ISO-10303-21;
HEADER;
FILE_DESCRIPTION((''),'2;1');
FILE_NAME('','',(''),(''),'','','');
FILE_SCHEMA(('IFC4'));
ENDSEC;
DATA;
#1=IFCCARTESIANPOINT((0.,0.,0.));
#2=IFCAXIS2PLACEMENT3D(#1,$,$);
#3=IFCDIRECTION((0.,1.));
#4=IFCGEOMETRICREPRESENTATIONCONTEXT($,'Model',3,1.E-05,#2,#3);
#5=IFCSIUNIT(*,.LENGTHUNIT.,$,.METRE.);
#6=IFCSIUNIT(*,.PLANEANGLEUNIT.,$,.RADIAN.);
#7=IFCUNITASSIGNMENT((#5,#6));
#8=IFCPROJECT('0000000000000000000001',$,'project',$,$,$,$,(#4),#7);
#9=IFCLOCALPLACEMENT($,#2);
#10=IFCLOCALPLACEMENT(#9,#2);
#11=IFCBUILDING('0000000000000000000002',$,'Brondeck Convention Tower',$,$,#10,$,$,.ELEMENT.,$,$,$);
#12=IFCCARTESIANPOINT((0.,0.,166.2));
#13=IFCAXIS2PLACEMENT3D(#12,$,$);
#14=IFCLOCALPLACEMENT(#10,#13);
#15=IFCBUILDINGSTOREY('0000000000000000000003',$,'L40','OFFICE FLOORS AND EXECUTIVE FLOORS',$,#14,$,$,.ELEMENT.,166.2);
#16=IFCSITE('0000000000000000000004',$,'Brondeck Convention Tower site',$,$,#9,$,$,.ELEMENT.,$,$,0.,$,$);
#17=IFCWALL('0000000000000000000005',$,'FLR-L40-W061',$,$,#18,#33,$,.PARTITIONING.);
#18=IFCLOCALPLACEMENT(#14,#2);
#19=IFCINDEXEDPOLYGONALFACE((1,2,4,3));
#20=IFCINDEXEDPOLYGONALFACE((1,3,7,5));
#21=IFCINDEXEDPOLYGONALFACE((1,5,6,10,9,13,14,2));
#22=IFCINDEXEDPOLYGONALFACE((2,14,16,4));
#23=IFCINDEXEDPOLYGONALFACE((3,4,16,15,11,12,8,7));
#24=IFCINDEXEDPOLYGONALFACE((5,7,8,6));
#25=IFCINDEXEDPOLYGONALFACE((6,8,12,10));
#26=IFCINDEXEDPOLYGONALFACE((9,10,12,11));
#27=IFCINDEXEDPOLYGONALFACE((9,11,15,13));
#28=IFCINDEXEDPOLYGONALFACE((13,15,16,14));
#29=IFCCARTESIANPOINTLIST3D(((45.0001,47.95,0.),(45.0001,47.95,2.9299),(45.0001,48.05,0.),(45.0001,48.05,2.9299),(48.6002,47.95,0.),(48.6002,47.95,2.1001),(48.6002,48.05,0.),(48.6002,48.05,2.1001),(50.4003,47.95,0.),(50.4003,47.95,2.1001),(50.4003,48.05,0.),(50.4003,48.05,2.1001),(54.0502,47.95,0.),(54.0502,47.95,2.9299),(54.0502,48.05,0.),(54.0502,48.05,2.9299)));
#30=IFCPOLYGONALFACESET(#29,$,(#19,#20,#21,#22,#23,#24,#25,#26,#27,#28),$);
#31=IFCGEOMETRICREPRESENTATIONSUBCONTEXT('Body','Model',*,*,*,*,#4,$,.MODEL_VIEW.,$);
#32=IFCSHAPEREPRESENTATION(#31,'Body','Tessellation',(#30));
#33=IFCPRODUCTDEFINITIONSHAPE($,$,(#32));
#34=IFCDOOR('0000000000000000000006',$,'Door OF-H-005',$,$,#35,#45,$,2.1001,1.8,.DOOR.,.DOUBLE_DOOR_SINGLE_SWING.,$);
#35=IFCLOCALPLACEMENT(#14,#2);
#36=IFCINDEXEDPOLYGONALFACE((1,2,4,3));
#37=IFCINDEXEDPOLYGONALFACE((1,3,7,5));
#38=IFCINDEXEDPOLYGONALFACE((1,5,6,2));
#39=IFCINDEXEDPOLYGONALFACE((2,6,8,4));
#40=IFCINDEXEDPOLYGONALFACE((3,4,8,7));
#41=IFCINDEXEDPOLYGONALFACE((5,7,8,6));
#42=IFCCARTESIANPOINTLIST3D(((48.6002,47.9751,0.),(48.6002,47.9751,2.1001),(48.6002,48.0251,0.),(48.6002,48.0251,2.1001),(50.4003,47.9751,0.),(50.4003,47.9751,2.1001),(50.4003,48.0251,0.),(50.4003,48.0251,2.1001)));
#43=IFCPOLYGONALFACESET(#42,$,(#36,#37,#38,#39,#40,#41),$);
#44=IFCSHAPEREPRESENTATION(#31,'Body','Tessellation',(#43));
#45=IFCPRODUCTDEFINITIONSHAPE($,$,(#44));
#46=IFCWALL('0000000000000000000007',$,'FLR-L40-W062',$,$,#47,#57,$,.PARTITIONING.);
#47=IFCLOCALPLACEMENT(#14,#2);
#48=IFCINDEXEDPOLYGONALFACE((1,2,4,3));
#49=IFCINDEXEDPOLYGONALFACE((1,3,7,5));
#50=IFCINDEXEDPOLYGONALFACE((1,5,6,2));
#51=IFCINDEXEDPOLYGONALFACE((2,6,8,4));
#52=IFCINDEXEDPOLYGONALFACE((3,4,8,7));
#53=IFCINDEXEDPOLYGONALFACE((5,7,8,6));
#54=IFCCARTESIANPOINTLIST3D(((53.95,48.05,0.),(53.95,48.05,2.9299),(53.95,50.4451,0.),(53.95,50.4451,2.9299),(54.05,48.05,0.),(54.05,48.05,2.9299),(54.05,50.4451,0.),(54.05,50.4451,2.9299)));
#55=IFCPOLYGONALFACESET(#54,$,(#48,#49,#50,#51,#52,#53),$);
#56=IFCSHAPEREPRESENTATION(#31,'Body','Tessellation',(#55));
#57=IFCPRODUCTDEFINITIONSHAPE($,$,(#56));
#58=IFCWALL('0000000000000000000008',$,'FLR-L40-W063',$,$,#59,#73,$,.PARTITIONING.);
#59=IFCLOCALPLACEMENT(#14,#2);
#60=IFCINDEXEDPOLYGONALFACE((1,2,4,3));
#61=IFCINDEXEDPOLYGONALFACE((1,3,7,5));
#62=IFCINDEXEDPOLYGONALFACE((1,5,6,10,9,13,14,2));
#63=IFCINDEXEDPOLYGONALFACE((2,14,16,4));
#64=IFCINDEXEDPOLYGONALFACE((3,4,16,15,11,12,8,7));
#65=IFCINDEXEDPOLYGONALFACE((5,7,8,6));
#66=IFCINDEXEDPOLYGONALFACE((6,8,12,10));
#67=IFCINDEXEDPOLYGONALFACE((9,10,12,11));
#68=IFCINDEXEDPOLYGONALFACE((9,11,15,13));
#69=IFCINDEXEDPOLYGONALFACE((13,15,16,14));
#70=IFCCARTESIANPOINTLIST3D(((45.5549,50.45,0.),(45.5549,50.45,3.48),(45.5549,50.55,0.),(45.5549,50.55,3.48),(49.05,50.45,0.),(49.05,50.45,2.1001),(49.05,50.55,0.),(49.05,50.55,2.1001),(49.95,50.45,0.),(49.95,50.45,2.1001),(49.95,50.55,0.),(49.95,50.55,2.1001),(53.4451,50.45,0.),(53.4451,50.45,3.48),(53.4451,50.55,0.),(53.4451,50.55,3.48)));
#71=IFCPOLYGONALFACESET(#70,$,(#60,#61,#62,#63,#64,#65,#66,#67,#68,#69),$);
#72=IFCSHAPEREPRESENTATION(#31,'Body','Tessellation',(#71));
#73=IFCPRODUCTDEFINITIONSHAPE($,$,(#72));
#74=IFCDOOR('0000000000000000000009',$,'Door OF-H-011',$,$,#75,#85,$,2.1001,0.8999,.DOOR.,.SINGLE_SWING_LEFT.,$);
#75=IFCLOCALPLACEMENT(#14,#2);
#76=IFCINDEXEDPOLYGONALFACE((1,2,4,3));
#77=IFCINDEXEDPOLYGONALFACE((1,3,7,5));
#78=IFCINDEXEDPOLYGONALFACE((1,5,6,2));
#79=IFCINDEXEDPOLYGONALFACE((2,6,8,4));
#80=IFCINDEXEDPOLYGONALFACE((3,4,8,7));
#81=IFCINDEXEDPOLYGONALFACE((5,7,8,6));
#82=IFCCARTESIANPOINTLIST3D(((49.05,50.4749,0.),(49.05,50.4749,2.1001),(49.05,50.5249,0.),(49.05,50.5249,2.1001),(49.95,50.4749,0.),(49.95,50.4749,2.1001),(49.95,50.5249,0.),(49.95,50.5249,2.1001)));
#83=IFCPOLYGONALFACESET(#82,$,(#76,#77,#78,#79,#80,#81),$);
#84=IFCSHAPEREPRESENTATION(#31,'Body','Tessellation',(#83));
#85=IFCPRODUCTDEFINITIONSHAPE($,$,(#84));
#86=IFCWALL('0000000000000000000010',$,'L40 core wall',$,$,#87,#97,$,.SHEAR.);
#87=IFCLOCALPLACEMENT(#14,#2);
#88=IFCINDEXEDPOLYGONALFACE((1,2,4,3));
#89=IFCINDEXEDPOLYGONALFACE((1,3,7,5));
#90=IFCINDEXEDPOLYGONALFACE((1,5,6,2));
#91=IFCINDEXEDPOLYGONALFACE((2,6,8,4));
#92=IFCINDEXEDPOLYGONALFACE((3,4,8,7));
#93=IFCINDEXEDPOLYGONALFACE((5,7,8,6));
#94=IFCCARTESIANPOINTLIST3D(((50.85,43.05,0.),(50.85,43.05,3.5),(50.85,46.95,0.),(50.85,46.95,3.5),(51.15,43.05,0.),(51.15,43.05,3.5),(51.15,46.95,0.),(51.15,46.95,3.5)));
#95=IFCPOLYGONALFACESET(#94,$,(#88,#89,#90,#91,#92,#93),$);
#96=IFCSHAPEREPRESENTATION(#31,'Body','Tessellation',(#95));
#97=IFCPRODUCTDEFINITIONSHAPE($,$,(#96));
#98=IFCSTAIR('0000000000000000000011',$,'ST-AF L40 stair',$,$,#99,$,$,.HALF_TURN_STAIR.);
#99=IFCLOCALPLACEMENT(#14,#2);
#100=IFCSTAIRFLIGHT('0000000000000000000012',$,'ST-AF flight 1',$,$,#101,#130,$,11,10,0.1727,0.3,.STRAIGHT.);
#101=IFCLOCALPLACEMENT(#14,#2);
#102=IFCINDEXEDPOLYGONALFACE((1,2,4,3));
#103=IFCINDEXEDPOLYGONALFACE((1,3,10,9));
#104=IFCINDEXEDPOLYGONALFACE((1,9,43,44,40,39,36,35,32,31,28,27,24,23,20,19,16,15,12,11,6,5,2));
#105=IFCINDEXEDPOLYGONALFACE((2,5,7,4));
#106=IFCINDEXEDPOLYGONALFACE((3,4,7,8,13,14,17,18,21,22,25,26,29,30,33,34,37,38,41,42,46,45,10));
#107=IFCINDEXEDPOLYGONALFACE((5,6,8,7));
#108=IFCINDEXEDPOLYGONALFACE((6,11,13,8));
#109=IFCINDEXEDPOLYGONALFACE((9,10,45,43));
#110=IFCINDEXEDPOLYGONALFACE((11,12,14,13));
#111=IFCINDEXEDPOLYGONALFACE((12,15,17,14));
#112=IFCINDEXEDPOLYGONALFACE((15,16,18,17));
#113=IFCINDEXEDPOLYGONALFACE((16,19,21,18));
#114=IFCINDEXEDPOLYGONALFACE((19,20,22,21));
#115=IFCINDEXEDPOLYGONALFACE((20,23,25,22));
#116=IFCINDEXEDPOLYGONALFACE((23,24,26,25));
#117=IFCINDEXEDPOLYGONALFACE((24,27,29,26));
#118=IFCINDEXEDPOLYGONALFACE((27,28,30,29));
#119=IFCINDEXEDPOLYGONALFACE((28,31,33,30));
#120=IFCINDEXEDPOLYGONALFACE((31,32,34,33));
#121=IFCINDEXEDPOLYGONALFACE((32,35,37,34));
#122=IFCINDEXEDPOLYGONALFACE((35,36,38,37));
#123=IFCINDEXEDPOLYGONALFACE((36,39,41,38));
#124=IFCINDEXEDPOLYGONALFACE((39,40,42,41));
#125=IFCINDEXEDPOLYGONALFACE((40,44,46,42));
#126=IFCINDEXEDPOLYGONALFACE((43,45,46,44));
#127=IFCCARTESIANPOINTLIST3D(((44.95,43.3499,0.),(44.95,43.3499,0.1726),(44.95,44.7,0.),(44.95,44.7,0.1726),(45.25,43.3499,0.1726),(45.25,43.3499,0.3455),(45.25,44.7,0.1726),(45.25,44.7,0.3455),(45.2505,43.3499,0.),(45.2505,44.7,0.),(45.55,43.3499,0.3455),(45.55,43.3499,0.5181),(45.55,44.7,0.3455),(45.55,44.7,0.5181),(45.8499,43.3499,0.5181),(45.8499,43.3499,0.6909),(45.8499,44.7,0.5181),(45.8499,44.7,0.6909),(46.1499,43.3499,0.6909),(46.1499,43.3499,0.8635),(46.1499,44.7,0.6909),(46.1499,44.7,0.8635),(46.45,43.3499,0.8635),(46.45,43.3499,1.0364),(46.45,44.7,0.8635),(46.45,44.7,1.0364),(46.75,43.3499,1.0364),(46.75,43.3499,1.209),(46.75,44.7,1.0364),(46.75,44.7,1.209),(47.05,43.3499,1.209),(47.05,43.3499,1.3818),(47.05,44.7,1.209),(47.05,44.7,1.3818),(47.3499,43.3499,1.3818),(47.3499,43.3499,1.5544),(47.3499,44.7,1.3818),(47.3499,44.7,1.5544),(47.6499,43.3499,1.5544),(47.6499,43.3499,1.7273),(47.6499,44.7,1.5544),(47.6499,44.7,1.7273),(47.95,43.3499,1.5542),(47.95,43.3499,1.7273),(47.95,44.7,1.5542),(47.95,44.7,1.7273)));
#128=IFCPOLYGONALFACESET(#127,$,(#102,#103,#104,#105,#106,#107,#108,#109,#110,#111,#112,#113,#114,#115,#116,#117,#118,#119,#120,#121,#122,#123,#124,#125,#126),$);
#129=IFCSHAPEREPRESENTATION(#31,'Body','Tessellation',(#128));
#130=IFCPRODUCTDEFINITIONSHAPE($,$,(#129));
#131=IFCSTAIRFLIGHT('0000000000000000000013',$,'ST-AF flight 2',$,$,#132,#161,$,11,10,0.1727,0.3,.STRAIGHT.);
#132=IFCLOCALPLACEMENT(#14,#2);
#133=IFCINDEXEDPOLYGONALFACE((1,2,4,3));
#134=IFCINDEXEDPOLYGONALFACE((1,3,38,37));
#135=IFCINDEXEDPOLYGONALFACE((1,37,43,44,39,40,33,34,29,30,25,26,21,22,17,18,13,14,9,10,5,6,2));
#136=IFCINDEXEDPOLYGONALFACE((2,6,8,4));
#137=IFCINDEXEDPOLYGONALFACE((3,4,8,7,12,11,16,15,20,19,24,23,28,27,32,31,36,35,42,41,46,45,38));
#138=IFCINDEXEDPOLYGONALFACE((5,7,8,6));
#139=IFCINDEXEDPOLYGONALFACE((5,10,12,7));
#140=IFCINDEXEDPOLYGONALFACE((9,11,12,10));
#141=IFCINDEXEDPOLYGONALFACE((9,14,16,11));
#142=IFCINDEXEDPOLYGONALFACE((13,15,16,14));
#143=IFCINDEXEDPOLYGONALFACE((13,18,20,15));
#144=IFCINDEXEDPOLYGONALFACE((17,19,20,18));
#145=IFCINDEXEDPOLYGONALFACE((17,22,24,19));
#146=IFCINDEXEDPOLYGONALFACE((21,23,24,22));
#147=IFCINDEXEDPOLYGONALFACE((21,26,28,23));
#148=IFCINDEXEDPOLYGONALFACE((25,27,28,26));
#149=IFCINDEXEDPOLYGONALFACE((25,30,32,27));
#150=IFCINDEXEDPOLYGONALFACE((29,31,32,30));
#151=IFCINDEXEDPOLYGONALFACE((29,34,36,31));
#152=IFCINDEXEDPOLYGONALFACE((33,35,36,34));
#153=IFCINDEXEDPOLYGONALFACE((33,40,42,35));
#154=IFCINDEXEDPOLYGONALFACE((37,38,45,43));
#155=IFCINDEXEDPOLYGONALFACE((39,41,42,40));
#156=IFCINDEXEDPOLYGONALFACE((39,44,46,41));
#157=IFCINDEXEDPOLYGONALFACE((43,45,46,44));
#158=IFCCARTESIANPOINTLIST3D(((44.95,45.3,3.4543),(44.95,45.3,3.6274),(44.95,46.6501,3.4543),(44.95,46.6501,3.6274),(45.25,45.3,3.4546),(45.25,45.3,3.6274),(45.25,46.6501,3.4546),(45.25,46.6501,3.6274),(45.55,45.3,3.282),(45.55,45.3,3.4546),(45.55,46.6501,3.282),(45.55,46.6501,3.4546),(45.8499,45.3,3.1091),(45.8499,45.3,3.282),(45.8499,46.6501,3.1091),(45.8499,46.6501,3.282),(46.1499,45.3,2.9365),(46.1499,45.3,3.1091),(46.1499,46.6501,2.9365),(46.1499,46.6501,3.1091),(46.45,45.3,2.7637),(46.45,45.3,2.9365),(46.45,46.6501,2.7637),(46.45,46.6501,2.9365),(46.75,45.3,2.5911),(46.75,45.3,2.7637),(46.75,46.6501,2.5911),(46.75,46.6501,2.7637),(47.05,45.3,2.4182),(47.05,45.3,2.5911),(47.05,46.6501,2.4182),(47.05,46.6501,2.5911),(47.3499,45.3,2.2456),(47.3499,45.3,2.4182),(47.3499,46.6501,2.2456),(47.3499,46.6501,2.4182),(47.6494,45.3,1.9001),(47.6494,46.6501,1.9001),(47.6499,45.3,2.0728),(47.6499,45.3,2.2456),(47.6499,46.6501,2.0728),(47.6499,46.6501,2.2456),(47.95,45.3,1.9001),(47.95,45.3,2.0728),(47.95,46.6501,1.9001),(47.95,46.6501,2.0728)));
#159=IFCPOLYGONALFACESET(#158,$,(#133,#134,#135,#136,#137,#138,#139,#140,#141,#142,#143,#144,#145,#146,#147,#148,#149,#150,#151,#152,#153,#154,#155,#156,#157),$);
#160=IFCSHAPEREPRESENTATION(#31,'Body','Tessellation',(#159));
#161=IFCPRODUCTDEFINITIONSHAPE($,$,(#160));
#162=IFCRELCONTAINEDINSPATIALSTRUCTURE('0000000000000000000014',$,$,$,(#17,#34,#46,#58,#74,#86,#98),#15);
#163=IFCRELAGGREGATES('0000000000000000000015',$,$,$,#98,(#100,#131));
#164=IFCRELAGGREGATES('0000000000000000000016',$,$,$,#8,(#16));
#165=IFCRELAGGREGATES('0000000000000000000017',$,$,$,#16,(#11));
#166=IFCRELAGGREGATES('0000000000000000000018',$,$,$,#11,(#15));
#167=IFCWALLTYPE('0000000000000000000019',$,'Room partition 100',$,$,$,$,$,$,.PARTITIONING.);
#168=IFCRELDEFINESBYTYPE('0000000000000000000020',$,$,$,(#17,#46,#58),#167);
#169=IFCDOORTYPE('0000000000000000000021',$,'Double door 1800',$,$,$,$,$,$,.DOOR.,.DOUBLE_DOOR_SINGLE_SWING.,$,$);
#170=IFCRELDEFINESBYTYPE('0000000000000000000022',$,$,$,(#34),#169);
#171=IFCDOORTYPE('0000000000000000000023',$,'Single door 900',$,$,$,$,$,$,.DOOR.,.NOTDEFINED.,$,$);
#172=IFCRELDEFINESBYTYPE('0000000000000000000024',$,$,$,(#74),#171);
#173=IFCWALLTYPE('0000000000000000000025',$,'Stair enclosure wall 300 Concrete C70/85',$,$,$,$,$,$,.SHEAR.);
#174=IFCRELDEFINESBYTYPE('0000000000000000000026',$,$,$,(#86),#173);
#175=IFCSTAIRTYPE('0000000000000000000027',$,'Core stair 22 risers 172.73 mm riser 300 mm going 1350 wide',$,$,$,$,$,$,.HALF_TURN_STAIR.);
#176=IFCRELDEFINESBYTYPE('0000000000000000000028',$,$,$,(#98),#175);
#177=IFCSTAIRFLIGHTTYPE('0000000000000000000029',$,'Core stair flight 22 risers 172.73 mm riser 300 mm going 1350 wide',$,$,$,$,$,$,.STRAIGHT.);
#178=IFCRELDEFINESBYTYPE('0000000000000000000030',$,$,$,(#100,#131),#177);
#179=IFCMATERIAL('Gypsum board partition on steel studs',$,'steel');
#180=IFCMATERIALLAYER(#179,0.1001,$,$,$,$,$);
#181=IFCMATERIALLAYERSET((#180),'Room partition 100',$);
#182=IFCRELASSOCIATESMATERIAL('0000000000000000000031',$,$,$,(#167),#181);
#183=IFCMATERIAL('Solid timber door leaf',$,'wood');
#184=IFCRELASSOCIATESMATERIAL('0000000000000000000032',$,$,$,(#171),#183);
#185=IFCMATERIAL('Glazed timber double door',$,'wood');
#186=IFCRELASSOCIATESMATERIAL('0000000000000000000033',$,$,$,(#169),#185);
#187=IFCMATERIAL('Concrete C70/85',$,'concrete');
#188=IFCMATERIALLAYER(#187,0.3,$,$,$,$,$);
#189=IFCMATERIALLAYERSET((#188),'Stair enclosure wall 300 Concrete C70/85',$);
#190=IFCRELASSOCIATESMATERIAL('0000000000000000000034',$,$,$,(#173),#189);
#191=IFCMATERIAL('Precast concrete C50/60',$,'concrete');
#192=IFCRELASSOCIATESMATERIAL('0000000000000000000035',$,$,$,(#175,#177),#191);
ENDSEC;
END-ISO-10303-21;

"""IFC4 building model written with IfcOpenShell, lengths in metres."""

from ifc_helpers import new_model, si_unit, direction, frame, frame_2d, origin, place, context, subcontext, project, spatial, polyline, rectangle, outline, extrude, material, layer, layer_set, type_object, element, fill, aggregate, save


model = new_model("IFC4")

# Units and contexts
model_context = context("Model", 3, precision=1e-05, world=origin(), true_north=direction((0.0, 1.0)))
body_context = subcontext(model_context, "Body", "Model", "MODEL_VIEW")
ifc_project = project(units=[si_unit("LENGTHUNIT", "METRE"), si_unit("PLANEANGLEUNIT", "RADIAN")], contexts=[model_context])

# Site, building, storey
site_placement = place(None, origin())
site = spatial("IfcSite", under=ifc_project, at=site_placement, Name="Brondeck Convention Tower site", CompositionType="ELEMENT", RefElevation=0.0)
building_placement = place(site_placement, origin())
building = spatial("IfcBuilding", under=site, at=building_placement, Name="Brondeck Convention Tower", CompositionType="ELEMENT")
storey_placement = place(building_placement, frame((0.0, 0.0, 166.2)))
storey = spatial("IfcBuildingStorey", under=building, at=storey_placement, Name="L40", Description="OFFICE FLOORS AND EXECUTIVE FLOORS", CompositionType="ELEMENT", Elevation=166.2)

# Shared definitions
ifc_material_1 = material(Name="Concrete C70/85", Category="concrete")

# Shared definitions
ifc_material_2 = material(Name="Gypsum board partition on steel studs", Category="steel")
ifc_layer_1 = layer(ifc_material_2, 0.1001)
ifc_layer_set_1 = layer_set([ifc_layer_1], Name="Room partition 100")
wall_type_1 = type_object("IfcWallType", Name="Room partition 100", PredefinedType="PARTITIONING", material=ifc_layer_set_1)

# Wall, opening, door
ifc_material_3 = material(Name="Solid timber door leaf", Category="wood")
door_type_1 = type_object("IfcDoorType", Name="Single door 900", OperationType="NOTDEFINED", PredefinedType="DOOR", material=ifc_material_3)
wall_1_placement = place(storey_placement, frame((54.05, 48.0, 0.0), z_axis=(0.0, 0.0, 1.0), x_axis=(-1.0, 0.0, 0.0)))
wall_1 = element("IfcWall", 1, at=wall_1_placement, inside=storey, type_object=wall_type_1, Name="FLR-L40-W061", PredefinedType="PARTITIONING", context=body_context, shape_type="SweptSolid", body=[
    extrude(rectangle(XDim=9.05, YDim=0.1001, at=frame_2d((4.5249, 0.0))), origin(), (0.0, 0.0, 1.0), 2.9299),
])
opening_1_placement = place(wall_1_placement, frame((3.6499, 0.0, 0.0)))
opening_1 = element("IfcOpeningElement", 2, at=opening_1_placement, cuts=wall_1, PredefinedType="OPENING", context=body_context, shape_type="SweptSolid", body=[
    extrude(rectangle(XDim=1.8, YDim=2.1001, at=frame_2d((0.8999, 1.05))), frame((0.0, 0.0601, 0.0), z_axis=(0.0, -1.0, 0.0), x_axis=(1.0, 0.0, 0.0)), (0.0, 0.0, 1.0), 0.1201),
])
ifc_material_4 = material(Name="Glazed timber double door", Category="wood")
door_type_2 = type_object("IfcDoorType", Name="Double door 1800", OperationType="DOUBLE_DOOR_SINGLE_SWING", PredefinedType="DOOR", material=ifc_material_4)
door_1_placement = place(opening_1_placement, origin())
door_1 = element("IfcDoor", 3, at=door_1_placement, inside=storey, type_object=door_type_2, Name="Door OF-H-005", OperationType="DOUBLE_DOOR_SINGLE_SWING", OverallHeight=2.1001, OverallWidth=1.8, PredefinedType="DOOR", context=body_context, shape_type="SweptSolid", body=[
    extrude(rectangle(XDim=1.8, YDim=2.1001, at=frame_2d((0.8999, 1.05))), frame((0.0, 0.0249, 0.0), z_axis=(0.0, -1.0, 0.0), x_axis=(1.0, 0.0, 0.0)), (0.0, 0.0, 1.0), 0.05),
])
fill(opening_1, door_1)

# Wall
wall_2_placement = place(storey_placement, frame((54.0, 50.4451, 0.0), z_axis=(0.0, 0.0, 1.0), x_axis=(0.0, -1.0, 0.0)))
element("IfcWall", 4, at=wall_2_placement, inside=storey, type_object=wall_type_1, Name="FLR-L40-W062", PredefinedType="PARTITIONING", context=body_context, shape_type="SweptSolid", body=[
    extrude(rectangle(XDim=2.395, YDim=0.1001, at=frame_2d((1.1975, 0.0))), origin(), (0.0, 0.0, 1.0), 2.9299),
])

# Wall, opening, door
wall_3_placement = place(storey_placement, frame((45.5549, 50.5, 0.0), z_axis=(0.0, 0.0, 1.0), x_axis=(1.0, 0.0, 0.0)))
wall_3 = element("IfcWall", 5, at=wall_3_placement, inside=storey, type_object=wall_type_1, Name="FLR-L40-W063", PredefinedType="PARTITIONING", context=body_context, shape_type="SweptSolid", body=[
    extrude(rectangle(XDim=7.8901, YDim=0.1001, at=frame_2d((3.9451, 0.0))), origin(), (0.0, 0.0, 1.0), 3.48),
])
opening_2_placement = place(wall_3_placement, frame((3.4951, 0.0, 0.0)))
opening_2 = element("IfcOpeningElement", 6, at=opening_2_placement, cuts=wall_3, PredefinedType="OPENING", context=body_context, shape_type="SweptSolid", body=[
    extrude(rectangle(XDim=0.8999, YDim=2.1001, at=frame_2d((0.45, 1.05))), frame((0.0, 0.0601, 0.0), z_axis=(0.0, -1.0, 0.0), x_axis=(1.0, 0.0, 0.0)), (0.0, 0.0, 1.0), 0.1201),
])
door_2_placement = place(opening_2_placement, origin())
door_2 = element("IfcDoor", 7, at=door_2_placement, inside=storey, type_object=door_type_1, Name="Door OF-H-011", OperationType="SINGLE_SWING_LEFT", OverallHeight=2.1001, OverallWidth=0.8999, PredefinedType="DOOR", context=body_context, shape_type="SweptSolid", body=[
    extrude(rectangle(XDim=0.8999, YDim=2.1001, at=frame_2d((0.45, 1.05))), frame((0.0, 0.0249, 0.0), z_axis=(0.0, -1.0, 0.0), x_axis=(1.0, 0.0, 0.0)), (0.0, 0.0, 1.0), 0.05),
])
fill(opening_2, door_2)

# Wall
ifc_layer_2 = layer(ifc_material_1, 0.3)
ifc_layer_set_2 = layer_set([ifc_layer_2], Name="Stair enclosure wall 300 Concrete C70/85")
wall_type_2 = type_object("IfcWallType", Name="Stair enclosure wall 300 Concrete C70/85", PredefinedType="SHEAR", material=ifc_layer_set_2)
wall_4_placement = place(storey_placement, frame((51.0, 43.05, 0.0), z_axis=(0.0, 0.0, 1.0), x_axis=(0.0, 1.0, 0.0)))
element("IfcWall", 8, at=wall_4_placement, inside=storey, type_object=wall_type_2, Name="L40 core wall", PredefinedType="SHEAR", context=body_context, shape_type="SweptSolid", body=[
    extrude(rectangle(XDim=3.8999, YDim=0.3, at=frame_2d((1.95, 0.0))), origin(), (0.0, 0.0, 1.0), 3.5),
])

# Stair, stair flights
ifc_material_5 = material(Name="Precast concrete C50/60", Category="concrete")
stair_type = type_object("IfcStairType", Name="Core stair 22 risers 172.73 mm riser 300 mm going 1350 wide", PredefinedType="HALF_TURN_STAIR", material=ifc_material_5)
stair_placement = place(storey_placement, origin())
stair = element("IfcStair", 9, at=stair_placement, inside=storey, type_object=stair_type, Name="ST-AF L40 stair", PredefinedType="HALF_TURN_STAIR")
stair_flight_type = type_object("IfcStairFlightType", Name="Core stair flight 22 risers 172.73 mm riser 300 mm going 1350 wide", PredefinedType="STRAIGHT", material=ifc_material_5)
stair_flight_1_placement = place(storey_placement, frame((44.95, 44.0249, 0.0), z_axis=(0.0, 0.0, 1.0), x_axis=(1.0, 0.0, 0.0)))
stair_flight_1 = element("IfcStairFlight", 10, at=stair_flight_1_placement, type_object=stair_flight_type, Name="ST-AF flight 1", NumberOfRisers=11, NumberOfTreads=10, PredefinedType="STRAIGHT", RiserHeight=0.1727, TreadLength=0.3, context=body_context, shape_type="SweptSolid", body=[
    extrude(outline(polyline([(0.0, 0.0), (0.0, 0.1726), (0.3, 0.1726), (0.3, 0.3455), (0.6001, 0.3455), (0.6001, 0.5181), (0.8999, 0.5181), (0.8999, 0.6909), (1.2, 0.6909), (1.2, 0.8635), (1.5, 0.8635), (1.5, 1.0364), (1.8, 1.0364), (1.8, 1.209), (2.1001, 1.209), (2.1001, 1.3818), (2.3999, 1.3818), (2.3999, 1.5544), (2.7, 1.5544), (2.7, 1.7273), (3.0, 1.7273), (3.0, 1.8999), (3.0, 1.5542), (0.3005, 0.0), (0.0, 0.0)])), frame((0.0, 0.675, 0.0), z_axis=(0.0, -1.0, 0.0), x_axis=(1.0, 0.0, 0.0)), (0.0, 0.0, 1.0), 1.3501),
])
stair_flight_2_placement = place(storey_placement, frame((47.95, 45.9751, 1.9001), z_axis=(0.0, 0.0, 1.0), x_axis=(-1.0, 0.0, 0.0)))
stair_flight_2 = element("IfcStairFlight", 11, at=stair_flight_2_placement, type_object=stair_flight_type, Name="ST-AF flight 2", NumberOfRisers=11, NumberOfTreads=10, PredefinedType="STRAIGHT", RiserHeight=0.1727, TreadLength=0.3, context=body_context, shape_type="SweptSolid", body=[
    extrude(outline(polyline([(0.0, 0.0), (0.0, 0.1726), (0.3, 0.1726), (0.3, 0.3455), (0.6001, 0.3455), (0.6001, 0.5181), (0.8999, 0.5181), (0.8999, 0.6909), (1.2, 0.6909), (1.2, 0.8635), (1.5, 0.8635), (1.5, 1.0364), (1.8, 1.0364), (1.8, 1.209), (2.1001, 1.209), (2.1001, 1.3818), (2.3999, 1.3818), (2.3999, 1.5544), (2.7, 1.5544), (2.7, 1.7273), (3.0, 1.7273), (3.0, 1.8999), (3.0, 1.5542), (0.3005, 0.0), (0.0, 0.0)])), frame((0.0, 0.675, 0.0), z_axis=(0.0, -1.0, 0.0), x_axis=(1.0, 0.0, 0.0)), (0.0, 0.0, 1.0), 1.3501),
])
aggregate(stair, [stair_flight_1, stair_flight_2])

save(model, "model.ifc")
